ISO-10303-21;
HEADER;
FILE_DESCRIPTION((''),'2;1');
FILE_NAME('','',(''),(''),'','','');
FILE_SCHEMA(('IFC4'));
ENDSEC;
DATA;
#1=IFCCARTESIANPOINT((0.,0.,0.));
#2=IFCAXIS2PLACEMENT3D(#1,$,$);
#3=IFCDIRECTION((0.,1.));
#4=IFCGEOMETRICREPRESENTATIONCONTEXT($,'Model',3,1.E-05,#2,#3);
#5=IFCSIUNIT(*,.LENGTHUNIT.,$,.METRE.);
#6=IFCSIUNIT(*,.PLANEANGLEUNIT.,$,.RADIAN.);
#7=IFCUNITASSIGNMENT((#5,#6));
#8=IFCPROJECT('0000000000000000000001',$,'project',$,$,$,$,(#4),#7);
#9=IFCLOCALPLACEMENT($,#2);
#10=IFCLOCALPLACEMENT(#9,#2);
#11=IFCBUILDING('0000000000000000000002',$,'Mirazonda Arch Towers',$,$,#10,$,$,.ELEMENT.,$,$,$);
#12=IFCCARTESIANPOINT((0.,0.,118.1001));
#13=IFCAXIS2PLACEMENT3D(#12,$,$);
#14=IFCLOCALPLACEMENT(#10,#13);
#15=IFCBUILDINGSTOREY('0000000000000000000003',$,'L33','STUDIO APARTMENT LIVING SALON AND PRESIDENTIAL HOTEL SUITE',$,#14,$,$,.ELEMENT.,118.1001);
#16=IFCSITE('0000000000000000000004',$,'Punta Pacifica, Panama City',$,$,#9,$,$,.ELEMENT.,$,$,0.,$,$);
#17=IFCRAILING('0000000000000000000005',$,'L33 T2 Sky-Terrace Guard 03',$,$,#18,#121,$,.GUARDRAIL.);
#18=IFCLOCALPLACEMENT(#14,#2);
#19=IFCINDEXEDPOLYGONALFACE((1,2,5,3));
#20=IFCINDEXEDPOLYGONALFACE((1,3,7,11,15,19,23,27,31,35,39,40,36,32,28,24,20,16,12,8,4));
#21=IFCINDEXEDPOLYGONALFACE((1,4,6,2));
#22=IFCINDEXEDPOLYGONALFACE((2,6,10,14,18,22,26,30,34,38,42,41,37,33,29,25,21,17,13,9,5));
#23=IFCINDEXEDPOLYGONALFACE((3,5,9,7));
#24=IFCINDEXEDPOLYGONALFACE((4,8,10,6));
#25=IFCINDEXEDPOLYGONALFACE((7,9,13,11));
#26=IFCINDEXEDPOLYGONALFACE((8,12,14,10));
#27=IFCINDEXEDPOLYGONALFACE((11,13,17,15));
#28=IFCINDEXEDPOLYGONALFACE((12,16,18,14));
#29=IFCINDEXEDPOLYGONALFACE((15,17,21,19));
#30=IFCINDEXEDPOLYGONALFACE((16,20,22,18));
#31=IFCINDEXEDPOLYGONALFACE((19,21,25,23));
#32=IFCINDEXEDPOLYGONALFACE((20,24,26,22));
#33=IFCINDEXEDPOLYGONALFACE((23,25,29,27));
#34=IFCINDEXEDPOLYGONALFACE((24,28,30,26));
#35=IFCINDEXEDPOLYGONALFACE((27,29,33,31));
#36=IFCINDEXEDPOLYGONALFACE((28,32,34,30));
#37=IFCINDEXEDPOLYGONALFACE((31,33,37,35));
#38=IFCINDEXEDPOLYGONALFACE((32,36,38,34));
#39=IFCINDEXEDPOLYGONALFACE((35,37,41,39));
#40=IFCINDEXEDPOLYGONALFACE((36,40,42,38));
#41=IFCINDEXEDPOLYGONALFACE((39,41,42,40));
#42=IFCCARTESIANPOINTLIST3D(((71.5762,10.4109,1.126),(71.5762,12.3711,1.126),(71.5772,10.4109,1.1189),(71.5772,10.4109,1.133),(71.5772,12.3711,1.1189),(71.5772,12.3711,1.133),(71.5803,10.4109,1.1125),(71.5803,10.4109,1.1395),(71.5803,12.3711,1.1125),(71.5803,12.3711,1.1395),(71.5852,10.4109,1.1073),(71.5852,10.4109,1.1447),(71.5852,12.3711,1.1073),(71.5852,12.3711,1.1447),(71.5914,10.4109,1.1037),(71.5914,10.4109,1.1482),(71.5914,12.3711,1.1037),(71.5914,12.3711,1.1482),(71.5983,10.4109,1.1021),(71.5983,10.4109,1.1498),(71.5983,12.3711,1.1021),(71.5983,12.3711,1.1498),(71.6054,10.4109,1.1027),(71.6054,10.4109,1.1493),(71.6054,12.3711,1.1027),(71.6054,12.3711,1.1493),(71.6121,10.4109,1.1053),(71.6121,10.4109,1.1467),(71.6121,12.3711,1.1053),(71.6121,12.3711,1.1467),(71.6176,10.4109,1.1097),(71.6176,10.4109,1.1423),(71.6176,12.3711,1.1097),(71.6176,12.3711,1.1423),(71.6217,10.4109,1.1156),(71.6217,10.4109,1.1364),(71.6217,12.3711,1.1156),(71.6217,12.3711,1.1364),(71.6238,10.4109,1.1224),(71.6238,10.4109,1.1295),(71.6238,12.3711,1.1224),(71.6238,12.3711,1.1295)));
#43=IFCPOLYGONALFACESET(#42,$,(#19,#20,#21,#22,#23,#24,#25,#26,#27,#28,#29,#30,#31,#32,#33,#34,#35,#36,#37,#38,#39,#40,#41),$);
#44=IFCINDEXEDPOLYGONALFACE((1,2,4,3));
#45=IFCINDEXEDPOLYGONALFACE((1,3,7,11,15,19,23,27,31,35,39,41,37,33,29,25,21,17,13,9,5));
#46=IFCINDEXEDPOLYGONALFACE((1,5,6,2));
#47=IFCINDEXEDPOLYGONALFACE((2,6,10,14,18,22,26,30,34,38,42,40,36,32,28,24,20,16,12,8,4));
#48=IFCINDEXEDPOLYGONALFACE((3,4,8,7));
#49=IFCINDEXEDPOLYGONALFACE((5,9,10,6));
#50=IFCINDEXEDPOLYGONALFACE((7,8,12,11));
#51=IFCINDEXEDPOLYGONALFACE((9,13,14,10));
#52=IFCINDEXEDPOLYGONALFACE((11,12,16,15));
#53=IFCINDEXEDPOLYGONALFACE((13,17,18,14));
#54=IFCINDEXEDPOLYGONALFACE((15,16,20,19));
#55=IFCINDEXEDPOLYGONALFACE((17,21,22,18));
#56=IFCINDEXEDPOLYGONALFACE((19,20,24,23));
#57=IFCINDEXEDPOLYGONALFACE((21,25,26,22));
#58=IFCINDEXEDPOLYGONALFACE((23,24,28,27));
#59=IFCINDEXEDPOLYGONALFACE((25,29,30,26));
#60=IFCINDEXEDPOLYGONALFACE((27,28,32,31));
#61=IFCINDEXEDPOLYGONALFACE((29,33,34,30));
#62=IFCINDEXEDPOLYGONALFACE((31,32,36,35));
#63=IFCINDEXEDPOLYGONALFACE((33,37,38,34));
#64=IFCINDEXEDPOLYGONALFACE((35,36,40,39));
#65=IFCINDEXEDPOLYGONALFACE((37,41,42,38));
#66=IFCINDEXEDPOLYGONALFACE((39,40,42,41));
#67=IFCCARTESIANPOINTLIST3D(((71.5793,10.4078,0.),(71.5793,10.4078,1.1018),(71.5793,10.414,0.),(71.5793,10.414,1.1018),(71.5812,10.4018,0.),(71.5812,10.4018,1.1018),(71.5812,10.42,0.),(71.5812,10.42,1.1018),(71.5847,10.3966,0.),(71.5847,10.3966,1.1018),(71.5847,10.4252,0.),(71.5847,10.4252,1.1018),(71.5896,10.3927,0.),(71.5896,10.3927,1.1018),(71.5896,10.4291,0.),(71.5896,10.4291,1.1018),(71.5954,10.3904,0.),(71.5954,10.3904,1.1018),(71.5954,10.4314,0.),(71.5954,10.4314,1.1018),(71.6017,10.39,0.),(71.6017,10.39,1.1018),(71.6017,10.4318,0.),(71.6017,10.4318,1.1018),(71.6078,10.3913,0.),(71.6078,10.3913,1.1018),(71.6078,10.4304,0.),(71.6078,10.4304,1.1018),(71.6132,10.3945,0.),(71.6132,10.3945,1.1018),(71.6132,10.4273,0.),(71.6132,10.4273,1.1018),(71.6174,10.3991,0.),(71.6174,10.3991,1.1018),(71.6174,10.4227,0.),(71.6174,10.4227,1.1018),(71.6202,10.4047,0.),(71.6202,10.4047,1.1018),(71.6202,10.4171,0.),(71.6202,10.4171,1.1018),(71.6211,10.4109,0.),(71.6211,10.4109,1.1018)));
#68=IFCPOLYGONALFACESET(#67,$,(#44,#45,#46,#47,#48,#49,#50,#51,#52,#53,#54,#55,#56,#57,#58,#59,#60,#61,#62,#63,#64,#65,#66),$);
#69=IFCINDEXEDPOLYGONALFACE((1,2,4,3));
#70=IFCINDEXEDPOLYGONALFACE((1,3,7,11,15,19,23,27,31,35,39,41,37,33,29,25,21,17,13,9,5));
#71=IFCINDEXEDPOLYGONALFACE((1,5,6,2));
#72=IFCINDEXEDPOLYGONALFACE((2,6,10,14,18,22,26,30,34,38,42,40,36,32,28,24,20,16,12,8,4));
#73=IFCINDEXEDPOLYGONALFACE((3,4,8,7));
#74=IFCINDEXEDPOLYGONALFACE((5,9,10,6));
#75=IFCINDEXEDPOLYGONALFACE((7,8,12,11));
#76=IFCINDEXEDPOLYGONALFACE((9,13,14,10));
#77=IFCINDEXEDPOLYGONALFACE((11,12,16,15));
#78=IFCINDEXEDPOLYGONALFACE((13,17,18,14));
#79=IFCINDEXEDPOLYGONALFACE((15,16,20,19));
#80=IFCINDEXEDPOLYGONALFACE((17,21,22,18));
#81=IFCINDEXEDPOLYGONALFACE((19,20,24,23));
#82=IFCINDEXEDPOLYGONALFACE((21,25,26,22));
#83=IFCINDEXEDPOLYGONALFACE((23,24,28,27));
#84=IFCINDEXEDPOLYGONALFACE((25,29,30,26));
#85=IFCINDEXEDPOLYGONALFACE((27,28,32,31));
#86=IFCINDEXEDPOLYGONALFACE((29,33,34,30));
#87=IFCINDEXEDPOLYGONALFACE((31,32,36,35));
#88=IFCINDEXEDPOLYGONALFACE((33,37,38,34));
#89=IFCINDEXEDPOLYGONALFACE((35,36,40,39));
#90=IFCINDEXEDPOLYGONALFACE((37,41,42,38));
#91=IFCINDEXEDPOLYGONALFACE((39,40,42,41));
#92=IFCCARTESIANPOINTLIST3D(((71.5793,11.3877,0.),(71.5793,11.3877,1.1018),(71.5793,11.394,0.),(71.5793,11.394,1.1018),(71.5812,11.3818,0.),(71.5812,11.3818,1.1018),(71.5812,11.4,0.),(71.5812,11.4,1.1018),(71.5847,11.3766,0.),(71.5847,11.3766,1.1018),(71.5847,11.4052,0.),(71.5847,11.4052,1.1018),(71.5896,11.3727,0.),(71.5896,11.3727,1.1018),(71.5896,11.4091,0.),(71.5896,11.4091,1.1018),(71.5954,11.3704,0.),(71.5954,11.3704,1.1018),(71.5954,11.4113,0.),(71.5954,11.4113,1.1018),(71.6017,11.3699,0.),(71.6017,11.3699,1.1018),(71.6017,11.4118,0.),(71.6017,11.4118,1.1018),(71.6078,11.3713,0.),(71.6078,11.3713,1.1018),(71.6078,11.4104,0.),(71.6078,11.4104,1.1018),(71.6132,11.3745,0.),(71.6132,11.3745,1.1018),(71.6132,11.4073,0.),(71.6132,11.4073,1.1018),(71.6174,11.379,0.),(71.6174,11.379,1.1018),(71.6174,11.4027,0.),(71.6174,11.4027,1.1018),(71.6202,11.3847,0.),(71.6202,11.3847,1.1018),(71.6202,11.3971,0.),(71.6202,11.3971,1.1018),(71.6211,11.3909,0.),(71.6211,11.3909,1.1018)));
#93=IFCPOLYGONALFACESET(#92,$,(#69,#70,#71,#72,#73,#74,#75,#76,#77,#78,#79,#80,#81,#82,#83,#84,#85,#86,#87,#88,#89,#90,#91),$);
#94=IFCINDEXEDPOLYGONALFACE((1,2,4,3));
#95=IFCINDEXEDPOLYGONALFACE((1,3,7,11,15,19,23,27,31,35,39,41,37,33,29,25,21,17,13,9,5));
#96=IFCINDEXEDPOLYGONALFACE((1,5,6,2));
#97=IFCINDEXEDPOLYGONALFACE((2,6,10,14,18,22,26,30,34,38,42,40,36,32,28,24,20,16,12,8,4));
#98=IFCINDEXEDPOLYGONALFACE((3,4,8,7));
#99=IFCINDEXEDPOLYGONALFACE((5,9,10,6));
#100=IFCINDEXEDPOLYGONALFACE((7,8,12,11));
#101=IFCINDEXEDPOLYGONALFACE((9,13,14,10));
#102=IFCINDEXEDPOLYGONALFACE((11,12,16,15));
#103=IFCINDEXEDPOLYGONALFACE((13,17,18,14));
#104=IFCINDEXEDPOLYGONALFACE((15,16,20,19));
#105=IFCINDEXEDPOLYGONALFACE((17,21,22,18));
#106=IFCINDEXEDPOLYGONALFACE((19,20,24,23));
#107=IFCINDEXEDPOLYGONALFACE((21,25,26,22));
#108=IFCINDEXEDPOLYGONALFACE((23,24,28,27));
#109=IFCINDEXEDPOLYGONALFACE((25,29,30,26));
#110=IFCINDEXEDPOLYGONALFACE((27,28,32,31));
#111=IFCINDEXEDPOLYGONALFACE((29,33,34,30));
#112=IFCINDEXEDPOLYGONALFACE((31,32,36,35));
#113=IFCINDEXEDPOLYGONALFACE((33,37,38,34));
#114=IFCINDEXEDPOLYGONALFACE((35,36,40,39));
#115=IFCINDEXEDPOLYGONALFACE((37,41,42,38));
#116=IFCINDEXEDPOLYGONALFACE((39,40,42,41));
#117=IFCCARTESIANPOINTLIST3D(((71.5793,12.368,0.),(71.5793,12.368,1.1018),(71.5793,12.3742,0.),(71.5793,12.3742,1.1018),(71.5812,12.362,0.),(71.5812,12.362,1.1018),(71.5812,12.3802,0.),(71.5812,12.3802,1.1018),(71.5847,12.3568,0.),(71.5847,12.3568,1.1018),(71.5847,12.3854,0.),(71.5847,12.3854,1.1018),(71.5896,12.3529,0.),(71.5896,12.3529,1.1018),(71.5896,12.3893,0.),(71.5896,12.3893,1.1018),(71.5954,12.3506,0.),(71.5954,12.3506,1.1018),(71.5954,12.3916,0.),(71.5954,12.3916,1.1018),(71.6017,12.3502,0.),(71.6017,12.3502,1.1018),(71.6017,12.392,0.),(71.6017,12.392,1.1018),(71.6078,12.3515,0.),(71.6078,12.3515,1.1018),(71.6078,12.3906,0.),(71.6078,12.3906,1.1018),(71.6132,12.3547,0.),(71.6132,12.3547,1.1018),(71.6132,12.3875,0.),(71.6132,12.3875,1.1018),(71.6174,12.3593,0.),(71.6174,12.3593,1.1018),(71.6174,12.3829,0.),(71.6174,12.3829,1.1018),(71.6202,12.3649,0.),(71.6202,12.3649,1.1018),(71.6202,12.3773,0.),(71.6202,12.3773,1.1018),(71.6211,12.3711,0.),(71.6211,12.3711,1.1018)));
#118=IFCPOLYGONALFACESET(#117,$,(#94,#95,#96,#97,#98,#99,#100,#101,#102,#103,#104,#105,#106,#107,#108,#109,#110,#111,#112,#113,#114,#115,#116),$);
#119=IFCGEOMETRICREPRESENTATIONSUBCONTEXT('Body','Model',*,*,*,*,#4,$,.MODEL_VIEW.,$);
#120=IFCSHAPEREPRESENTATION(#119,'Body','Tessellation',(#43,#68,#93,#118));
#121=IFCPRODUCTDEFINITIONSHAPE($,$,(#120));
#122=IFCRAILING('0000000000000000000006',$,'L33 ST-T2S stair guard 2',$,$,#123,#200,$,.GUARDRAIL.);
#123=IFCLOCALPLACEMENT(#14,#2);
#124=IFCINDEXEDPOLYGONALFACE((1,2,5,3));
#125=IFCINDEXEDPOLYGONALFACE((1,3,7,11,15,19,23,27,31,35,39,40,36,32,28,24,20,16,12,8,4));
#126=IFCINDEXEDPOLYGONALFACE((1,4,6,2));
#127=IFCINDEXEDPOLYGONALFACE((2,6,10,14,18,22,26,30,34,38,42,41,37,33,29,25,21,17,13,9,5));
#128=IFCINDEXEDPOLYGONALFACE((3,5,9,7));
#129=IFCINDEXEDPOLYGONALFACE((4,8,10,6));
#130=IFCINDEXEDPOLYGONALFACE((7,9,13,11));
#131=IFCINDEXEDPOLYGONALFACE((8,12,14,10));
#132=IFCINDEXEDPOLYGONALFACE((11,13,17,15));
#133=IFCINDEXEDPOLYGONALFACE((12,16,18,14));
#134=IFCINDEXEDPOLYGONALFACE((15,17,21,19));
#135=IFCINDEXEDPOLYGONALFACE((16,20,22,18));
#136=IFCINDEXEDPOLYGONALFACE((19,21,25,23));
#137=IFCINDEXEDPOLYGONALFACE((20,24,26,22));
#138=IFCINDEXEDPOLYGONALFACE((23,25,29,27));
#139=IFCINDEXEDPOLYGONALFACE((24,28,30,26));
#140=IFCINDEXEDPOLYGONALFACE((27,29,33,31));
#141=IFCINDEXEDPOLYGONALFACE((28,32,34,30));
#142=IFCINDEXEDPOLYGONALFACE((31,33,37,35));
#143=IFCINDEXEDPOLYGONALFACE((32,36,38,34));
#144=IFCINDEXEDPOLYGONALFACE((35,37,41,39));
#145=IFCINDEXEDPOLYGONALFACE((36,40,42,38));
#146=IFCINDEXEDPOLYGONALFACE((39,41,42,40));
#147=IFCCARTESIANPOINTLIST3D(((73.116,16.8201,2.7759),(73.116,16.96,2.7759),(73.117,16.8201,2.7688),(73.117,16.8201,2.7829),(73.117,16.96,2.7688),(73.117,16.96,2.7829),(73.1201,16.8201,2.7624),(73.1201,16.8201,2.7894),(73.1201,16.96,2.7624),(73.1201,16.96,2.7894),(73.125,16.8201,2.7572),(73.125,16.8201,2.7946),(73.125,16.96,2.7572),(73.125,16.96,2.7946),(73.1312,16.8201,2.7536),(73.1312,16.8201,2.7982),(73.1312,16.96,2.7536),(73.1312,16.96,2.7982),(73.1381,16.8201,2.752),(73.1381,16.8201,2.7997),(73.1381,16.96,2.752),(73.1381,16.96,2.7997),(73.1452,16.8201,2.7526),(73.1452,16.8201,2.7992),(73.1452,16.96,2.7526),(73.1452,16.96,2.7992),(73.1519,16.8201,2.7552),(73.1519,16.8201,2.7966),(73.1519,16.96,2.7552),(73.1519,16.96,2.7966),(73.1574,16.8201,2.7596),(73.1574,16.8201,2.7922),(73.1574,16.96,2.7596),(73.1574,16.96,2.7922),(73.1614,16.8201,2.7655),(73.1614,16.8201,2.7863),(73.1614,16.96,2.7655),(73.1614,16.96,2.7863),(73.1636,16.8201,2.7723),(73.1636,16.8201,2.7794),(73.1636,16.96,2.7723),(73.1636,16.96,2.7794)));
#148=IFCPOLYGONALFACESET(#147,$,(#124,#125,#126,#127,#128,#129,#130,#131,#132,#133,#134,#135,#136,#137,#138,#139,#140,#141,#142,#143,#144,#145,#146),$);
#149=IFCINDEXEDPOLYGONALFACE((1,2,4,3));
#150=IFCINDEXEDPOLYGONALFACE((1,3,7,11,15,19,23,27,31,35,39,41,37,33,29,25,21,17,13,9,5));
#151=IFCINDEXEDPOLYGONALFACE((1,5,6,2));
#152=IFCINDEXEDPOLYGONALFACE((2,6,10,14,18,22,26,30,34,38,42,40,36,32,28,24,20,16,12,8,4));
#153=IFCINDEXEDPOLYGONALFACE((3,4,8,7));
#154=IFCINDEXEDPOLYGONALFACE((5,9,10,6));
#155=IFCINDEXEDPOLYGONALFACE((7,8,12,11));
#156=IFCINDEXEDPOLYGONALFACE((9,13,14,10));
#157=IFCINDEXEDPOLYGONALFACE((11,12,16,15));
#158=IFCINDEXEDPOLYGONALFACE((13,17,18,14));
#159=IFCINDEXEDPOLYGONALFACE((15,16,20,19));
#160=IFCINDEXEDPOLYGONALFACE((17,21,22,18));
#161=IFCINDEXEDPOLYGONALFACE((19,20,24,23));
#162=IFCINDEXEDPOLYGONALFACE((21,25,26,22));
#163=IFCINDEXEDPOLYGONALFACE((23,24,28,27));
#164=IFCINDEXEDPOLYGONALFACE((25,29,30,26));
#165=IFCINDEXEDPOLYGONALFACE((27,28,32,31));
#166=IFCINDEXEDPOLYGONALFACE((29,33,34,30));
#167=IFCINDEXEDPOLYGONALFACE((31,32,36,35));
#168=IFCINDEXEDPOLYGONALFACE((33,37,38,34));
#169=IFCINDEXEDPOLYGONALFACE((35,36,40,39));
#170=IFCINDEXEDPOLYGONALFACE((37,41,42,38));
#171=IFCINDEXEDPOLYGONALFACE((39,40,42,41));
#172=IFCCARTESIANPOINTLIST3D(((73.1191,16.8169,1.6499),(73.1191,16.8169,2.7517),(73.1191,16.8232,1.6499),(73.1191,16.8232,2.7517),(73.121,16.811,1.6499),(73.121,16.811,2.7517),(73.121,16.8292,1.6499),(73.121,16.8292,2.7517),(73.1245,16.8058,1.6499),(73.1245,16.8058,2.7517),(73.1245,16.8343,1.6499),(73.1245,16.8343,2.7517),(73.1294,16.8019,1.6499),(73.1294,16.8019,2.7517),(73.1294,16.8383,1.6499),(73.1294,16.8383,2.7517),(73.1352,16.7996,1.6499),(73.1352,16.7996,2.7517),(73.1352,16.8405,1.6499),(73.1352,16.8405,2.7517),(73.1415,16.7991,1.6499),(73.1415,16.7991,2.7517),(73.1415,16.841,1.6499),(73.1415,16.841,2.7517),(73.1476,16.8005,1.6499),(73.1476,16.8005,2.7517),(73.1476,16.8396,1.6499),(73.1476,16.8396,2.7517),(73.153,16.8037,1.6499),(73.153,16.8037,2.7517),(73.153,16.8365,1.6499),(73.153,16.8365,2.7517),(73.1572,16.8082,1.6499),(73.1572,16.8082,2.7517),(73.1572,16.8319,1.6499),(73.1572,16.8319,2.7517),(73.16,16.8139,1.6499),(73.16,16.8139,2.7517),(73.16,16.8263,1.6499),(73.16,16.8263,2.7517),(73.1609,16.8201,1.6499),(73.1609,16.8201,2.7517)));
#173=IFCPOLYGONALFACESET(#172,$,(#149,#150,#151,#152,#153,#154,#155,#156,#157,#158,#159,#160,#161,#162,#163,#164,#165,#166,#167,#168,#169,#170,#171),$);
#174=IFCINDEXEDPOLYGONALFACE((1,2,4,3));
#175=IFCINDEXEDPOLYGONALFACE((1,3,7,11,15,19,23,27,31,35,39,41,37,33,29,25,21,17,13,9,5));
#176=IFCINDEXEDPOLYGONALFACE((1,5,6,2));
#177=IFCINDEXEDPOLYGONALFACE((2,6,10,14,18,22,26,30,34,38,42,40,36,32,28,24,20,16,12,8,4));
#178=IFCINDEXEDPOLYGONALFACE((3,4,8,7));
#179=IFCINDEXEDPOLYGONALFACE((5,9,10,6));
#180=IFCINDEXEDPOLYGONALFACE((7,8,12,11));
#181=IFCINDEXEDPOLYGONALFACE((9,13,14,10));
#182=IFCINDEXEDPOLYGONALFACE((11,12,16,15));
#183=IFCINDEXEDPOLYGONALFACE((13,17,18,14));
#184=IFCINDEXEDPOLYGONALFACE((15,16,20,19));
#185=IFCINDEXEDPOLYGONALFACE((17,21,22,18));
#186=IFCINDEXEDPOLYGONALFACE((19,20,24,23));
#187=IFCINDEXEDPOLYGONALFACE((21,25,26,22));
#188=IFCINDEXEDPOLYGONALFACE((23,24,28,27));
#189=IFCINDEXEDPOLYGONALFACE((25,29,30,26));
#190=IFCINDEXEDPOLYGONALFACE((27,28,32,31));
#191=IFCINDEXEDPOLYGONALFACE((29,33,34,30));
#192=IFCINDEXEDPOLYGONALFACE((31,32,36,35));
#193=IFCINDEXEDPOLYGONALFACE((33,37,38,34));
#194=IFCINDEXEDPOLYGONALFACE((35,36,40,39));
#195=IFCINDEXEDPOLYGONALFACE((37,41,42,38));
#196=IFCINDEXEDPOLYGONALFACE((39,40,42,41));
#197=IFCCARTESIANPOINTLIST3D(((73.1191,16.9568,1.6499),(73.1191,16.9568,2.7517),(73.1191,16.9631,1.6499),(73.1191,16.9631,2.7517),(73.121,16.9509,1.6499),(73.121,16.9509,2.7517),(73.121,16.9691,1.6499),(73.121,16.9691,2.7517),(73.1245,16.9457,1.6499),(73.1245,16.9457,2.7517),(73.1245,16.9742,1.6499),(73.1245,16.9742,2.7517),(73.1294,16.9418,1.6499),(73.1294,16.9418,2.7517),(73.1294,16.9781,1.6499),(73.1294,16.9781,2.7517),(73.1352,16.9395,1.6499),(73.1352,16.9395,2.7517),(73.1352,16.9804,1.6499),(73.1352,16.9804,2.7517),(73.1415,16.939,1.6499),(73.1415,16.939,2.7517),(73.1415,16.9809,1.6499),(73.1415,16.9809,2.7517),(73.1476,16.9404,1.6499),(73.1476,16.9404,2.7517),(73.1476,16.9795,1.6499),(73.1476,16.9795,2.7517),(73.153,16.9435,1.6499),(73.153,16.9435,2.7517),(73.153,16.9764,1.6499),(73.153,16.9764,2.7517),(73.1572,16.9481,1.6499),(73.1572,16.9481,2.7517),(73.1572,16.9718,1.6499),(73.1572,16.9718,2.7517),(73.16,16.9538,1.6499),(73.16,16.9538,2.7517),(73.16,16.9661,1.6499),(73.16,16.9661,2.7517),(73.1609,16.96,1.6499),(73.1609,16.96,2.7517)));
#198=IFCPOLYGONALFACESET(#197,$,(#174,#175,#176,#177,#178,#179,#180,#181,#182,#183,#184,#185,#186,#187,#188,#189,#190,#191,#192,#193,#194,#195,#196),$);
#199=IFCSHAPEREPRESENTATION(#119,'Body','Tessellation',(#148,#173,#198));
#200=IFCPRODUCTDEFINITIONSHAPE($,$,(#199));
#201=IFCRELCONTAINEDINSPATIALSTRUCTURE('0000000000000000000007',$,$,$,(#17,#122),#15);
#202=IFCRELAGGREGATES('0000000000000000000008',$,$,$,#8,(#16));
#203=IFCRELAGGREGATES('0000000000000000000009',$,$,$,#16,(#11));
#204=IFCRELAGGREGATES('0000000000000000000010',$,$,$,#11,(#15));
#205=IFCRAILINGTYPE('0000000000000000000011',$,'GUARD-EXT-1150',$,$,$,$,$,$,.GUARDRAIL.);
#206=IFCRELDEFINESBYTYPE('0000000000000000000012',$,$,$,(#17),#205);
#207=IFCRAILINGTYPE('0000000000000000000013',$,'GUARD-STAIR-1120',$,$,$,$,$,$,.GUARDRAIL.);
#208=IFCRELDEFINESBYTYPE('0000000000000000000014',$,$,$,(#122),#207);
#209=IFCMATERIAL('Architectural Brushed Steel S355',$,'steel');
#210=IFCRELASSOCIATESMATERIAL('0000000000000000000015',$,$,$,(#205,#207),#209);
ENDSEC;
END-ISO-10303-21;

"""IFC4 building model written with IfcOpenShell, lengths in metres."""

from ifc_helpers import new_model, si_unit, direction, frame, origin, origin_2d, place, context, subcontext, project, spatial, circle, extrude, material, type_object, element, save


model = new_model("IFC4")

# Units and contexts
model_context = context("Model", 3, precision=1e-05, world=origin(), true_north=direction((0.0, 1.0)))
body_context = subcontext(model_context, "Body", "Model", "MODEL_VIEW")
ifc_project = project(units=[si_unit("LENGTHUNIT", "METRE"), si_unit("PLANEANGLEUNIT", "RADIAN")], contexts=[model_context])

# Site, building, storey
site_placement = place(None, origin())
site = spatial("IfcSite", under=ifc_project, at=site_placement, Name="Punta Pacifica, Panama City", CompositionType="ELEMENT", RefElevation=0.0)
building_placement = place(site_placement, origin())
building = spatial("IfcBuilding", under=site, at=building_placement, Name="Mirazonda Arch Towers", CompositionType="ELEMENT")
storey_placement = place(building_placement, frame((0.0, 0.0, 118.1001)))
storey = spatial("IfcBuildingStorey", under=building, at=storey_placement, Name="L33", Description="STUDIO APARTMENT LIVING SALON AND PRESIDENTIAL HOTEL SUITE", CompositionType="ELEMENT", Elevation=118.1001)

# Railings
ifc_material_1 = material(Name="Architectural Brushed Steel S355", Category="steel")
railing_type_1 = type_object("IfcRailingType", Name="GUARD-EXT-1150", PredefinedType="GUARDRAIL", material=ifc_material_1)
railing_1_placement = place(storey_placement, frame((71.6001, 10.4109, 0.0)))
element("IfcRailing", 1, at=railing_1_placement, inside=storey, type_object=railing_type_1, Name="L33 T2 Sky-Terrace Guard 03", PredefinedType="GUARDRAIL", context=body_context, shape_type="SweptSolid", body=[
    extrude(circle(Radius=0.0239, at=origin_2d()), frame((0.0, 0.0, 1.126), z_axis=(0.0, 1.0, 0.0), x_axis=(-1.0, 0.0, 0.0)), (0.0, 0.0, 1.0), 1.9602),
    extrude(circle(Radius=0.021, at=origin_2d()), origin(), (0.0, 0.0, 1.0), 1.1018),
    extrude(circle(Radius=0.021, at=origin_2d()), frame((0.0, 0.98, 0.0)), (0.0, 0.0, 1.0), 1.1018),
    extrude(circle(Radius=0.021, at=origin_2d()), frame((0.0, 1.9602, 0.0)), (0.0, 0.0, 1.0), 1.1018),
])
railing_type_2 = type_object("IfcRailingType", Name="GUARD-STAIR-1120", PredefinedType="GUARDRAIL", material=ifc_material_1)
railing_2_placement = place(storey_placement, frame((73.1399, 16.8201, 1.6499)))
element("IfcRailing", 2, at=railing_2_placement, inside=storey, type_object=railing_type_2, Name="L33 ST-T2S stair guard 2", PredefinedType="GUARDRAIL", context=body_context, shape_type="SweptSolid", body=[
    extrude(circle(Radius=0.0239, at=origin_2d()), frame((0.0, 0.0, 1.126), z_axis=(0.0, 1.0, 0.0), x_axis=(-1.0, 0.0, 0.0)), (0.0, 0.0, 1.0), 0.1399),
    extrude(circle(Radius=0.021, at=origin_2d()), origin(), (0.0, 0.0, 1.0), 1.1018),
    extrude(circle(Radius=0.021, at=origin_2d()), frame((0.0, 0.1399, 0.0)), (0.0, 0.0, 1.0), 1.1018),
])

save(model, "model.ifc")
